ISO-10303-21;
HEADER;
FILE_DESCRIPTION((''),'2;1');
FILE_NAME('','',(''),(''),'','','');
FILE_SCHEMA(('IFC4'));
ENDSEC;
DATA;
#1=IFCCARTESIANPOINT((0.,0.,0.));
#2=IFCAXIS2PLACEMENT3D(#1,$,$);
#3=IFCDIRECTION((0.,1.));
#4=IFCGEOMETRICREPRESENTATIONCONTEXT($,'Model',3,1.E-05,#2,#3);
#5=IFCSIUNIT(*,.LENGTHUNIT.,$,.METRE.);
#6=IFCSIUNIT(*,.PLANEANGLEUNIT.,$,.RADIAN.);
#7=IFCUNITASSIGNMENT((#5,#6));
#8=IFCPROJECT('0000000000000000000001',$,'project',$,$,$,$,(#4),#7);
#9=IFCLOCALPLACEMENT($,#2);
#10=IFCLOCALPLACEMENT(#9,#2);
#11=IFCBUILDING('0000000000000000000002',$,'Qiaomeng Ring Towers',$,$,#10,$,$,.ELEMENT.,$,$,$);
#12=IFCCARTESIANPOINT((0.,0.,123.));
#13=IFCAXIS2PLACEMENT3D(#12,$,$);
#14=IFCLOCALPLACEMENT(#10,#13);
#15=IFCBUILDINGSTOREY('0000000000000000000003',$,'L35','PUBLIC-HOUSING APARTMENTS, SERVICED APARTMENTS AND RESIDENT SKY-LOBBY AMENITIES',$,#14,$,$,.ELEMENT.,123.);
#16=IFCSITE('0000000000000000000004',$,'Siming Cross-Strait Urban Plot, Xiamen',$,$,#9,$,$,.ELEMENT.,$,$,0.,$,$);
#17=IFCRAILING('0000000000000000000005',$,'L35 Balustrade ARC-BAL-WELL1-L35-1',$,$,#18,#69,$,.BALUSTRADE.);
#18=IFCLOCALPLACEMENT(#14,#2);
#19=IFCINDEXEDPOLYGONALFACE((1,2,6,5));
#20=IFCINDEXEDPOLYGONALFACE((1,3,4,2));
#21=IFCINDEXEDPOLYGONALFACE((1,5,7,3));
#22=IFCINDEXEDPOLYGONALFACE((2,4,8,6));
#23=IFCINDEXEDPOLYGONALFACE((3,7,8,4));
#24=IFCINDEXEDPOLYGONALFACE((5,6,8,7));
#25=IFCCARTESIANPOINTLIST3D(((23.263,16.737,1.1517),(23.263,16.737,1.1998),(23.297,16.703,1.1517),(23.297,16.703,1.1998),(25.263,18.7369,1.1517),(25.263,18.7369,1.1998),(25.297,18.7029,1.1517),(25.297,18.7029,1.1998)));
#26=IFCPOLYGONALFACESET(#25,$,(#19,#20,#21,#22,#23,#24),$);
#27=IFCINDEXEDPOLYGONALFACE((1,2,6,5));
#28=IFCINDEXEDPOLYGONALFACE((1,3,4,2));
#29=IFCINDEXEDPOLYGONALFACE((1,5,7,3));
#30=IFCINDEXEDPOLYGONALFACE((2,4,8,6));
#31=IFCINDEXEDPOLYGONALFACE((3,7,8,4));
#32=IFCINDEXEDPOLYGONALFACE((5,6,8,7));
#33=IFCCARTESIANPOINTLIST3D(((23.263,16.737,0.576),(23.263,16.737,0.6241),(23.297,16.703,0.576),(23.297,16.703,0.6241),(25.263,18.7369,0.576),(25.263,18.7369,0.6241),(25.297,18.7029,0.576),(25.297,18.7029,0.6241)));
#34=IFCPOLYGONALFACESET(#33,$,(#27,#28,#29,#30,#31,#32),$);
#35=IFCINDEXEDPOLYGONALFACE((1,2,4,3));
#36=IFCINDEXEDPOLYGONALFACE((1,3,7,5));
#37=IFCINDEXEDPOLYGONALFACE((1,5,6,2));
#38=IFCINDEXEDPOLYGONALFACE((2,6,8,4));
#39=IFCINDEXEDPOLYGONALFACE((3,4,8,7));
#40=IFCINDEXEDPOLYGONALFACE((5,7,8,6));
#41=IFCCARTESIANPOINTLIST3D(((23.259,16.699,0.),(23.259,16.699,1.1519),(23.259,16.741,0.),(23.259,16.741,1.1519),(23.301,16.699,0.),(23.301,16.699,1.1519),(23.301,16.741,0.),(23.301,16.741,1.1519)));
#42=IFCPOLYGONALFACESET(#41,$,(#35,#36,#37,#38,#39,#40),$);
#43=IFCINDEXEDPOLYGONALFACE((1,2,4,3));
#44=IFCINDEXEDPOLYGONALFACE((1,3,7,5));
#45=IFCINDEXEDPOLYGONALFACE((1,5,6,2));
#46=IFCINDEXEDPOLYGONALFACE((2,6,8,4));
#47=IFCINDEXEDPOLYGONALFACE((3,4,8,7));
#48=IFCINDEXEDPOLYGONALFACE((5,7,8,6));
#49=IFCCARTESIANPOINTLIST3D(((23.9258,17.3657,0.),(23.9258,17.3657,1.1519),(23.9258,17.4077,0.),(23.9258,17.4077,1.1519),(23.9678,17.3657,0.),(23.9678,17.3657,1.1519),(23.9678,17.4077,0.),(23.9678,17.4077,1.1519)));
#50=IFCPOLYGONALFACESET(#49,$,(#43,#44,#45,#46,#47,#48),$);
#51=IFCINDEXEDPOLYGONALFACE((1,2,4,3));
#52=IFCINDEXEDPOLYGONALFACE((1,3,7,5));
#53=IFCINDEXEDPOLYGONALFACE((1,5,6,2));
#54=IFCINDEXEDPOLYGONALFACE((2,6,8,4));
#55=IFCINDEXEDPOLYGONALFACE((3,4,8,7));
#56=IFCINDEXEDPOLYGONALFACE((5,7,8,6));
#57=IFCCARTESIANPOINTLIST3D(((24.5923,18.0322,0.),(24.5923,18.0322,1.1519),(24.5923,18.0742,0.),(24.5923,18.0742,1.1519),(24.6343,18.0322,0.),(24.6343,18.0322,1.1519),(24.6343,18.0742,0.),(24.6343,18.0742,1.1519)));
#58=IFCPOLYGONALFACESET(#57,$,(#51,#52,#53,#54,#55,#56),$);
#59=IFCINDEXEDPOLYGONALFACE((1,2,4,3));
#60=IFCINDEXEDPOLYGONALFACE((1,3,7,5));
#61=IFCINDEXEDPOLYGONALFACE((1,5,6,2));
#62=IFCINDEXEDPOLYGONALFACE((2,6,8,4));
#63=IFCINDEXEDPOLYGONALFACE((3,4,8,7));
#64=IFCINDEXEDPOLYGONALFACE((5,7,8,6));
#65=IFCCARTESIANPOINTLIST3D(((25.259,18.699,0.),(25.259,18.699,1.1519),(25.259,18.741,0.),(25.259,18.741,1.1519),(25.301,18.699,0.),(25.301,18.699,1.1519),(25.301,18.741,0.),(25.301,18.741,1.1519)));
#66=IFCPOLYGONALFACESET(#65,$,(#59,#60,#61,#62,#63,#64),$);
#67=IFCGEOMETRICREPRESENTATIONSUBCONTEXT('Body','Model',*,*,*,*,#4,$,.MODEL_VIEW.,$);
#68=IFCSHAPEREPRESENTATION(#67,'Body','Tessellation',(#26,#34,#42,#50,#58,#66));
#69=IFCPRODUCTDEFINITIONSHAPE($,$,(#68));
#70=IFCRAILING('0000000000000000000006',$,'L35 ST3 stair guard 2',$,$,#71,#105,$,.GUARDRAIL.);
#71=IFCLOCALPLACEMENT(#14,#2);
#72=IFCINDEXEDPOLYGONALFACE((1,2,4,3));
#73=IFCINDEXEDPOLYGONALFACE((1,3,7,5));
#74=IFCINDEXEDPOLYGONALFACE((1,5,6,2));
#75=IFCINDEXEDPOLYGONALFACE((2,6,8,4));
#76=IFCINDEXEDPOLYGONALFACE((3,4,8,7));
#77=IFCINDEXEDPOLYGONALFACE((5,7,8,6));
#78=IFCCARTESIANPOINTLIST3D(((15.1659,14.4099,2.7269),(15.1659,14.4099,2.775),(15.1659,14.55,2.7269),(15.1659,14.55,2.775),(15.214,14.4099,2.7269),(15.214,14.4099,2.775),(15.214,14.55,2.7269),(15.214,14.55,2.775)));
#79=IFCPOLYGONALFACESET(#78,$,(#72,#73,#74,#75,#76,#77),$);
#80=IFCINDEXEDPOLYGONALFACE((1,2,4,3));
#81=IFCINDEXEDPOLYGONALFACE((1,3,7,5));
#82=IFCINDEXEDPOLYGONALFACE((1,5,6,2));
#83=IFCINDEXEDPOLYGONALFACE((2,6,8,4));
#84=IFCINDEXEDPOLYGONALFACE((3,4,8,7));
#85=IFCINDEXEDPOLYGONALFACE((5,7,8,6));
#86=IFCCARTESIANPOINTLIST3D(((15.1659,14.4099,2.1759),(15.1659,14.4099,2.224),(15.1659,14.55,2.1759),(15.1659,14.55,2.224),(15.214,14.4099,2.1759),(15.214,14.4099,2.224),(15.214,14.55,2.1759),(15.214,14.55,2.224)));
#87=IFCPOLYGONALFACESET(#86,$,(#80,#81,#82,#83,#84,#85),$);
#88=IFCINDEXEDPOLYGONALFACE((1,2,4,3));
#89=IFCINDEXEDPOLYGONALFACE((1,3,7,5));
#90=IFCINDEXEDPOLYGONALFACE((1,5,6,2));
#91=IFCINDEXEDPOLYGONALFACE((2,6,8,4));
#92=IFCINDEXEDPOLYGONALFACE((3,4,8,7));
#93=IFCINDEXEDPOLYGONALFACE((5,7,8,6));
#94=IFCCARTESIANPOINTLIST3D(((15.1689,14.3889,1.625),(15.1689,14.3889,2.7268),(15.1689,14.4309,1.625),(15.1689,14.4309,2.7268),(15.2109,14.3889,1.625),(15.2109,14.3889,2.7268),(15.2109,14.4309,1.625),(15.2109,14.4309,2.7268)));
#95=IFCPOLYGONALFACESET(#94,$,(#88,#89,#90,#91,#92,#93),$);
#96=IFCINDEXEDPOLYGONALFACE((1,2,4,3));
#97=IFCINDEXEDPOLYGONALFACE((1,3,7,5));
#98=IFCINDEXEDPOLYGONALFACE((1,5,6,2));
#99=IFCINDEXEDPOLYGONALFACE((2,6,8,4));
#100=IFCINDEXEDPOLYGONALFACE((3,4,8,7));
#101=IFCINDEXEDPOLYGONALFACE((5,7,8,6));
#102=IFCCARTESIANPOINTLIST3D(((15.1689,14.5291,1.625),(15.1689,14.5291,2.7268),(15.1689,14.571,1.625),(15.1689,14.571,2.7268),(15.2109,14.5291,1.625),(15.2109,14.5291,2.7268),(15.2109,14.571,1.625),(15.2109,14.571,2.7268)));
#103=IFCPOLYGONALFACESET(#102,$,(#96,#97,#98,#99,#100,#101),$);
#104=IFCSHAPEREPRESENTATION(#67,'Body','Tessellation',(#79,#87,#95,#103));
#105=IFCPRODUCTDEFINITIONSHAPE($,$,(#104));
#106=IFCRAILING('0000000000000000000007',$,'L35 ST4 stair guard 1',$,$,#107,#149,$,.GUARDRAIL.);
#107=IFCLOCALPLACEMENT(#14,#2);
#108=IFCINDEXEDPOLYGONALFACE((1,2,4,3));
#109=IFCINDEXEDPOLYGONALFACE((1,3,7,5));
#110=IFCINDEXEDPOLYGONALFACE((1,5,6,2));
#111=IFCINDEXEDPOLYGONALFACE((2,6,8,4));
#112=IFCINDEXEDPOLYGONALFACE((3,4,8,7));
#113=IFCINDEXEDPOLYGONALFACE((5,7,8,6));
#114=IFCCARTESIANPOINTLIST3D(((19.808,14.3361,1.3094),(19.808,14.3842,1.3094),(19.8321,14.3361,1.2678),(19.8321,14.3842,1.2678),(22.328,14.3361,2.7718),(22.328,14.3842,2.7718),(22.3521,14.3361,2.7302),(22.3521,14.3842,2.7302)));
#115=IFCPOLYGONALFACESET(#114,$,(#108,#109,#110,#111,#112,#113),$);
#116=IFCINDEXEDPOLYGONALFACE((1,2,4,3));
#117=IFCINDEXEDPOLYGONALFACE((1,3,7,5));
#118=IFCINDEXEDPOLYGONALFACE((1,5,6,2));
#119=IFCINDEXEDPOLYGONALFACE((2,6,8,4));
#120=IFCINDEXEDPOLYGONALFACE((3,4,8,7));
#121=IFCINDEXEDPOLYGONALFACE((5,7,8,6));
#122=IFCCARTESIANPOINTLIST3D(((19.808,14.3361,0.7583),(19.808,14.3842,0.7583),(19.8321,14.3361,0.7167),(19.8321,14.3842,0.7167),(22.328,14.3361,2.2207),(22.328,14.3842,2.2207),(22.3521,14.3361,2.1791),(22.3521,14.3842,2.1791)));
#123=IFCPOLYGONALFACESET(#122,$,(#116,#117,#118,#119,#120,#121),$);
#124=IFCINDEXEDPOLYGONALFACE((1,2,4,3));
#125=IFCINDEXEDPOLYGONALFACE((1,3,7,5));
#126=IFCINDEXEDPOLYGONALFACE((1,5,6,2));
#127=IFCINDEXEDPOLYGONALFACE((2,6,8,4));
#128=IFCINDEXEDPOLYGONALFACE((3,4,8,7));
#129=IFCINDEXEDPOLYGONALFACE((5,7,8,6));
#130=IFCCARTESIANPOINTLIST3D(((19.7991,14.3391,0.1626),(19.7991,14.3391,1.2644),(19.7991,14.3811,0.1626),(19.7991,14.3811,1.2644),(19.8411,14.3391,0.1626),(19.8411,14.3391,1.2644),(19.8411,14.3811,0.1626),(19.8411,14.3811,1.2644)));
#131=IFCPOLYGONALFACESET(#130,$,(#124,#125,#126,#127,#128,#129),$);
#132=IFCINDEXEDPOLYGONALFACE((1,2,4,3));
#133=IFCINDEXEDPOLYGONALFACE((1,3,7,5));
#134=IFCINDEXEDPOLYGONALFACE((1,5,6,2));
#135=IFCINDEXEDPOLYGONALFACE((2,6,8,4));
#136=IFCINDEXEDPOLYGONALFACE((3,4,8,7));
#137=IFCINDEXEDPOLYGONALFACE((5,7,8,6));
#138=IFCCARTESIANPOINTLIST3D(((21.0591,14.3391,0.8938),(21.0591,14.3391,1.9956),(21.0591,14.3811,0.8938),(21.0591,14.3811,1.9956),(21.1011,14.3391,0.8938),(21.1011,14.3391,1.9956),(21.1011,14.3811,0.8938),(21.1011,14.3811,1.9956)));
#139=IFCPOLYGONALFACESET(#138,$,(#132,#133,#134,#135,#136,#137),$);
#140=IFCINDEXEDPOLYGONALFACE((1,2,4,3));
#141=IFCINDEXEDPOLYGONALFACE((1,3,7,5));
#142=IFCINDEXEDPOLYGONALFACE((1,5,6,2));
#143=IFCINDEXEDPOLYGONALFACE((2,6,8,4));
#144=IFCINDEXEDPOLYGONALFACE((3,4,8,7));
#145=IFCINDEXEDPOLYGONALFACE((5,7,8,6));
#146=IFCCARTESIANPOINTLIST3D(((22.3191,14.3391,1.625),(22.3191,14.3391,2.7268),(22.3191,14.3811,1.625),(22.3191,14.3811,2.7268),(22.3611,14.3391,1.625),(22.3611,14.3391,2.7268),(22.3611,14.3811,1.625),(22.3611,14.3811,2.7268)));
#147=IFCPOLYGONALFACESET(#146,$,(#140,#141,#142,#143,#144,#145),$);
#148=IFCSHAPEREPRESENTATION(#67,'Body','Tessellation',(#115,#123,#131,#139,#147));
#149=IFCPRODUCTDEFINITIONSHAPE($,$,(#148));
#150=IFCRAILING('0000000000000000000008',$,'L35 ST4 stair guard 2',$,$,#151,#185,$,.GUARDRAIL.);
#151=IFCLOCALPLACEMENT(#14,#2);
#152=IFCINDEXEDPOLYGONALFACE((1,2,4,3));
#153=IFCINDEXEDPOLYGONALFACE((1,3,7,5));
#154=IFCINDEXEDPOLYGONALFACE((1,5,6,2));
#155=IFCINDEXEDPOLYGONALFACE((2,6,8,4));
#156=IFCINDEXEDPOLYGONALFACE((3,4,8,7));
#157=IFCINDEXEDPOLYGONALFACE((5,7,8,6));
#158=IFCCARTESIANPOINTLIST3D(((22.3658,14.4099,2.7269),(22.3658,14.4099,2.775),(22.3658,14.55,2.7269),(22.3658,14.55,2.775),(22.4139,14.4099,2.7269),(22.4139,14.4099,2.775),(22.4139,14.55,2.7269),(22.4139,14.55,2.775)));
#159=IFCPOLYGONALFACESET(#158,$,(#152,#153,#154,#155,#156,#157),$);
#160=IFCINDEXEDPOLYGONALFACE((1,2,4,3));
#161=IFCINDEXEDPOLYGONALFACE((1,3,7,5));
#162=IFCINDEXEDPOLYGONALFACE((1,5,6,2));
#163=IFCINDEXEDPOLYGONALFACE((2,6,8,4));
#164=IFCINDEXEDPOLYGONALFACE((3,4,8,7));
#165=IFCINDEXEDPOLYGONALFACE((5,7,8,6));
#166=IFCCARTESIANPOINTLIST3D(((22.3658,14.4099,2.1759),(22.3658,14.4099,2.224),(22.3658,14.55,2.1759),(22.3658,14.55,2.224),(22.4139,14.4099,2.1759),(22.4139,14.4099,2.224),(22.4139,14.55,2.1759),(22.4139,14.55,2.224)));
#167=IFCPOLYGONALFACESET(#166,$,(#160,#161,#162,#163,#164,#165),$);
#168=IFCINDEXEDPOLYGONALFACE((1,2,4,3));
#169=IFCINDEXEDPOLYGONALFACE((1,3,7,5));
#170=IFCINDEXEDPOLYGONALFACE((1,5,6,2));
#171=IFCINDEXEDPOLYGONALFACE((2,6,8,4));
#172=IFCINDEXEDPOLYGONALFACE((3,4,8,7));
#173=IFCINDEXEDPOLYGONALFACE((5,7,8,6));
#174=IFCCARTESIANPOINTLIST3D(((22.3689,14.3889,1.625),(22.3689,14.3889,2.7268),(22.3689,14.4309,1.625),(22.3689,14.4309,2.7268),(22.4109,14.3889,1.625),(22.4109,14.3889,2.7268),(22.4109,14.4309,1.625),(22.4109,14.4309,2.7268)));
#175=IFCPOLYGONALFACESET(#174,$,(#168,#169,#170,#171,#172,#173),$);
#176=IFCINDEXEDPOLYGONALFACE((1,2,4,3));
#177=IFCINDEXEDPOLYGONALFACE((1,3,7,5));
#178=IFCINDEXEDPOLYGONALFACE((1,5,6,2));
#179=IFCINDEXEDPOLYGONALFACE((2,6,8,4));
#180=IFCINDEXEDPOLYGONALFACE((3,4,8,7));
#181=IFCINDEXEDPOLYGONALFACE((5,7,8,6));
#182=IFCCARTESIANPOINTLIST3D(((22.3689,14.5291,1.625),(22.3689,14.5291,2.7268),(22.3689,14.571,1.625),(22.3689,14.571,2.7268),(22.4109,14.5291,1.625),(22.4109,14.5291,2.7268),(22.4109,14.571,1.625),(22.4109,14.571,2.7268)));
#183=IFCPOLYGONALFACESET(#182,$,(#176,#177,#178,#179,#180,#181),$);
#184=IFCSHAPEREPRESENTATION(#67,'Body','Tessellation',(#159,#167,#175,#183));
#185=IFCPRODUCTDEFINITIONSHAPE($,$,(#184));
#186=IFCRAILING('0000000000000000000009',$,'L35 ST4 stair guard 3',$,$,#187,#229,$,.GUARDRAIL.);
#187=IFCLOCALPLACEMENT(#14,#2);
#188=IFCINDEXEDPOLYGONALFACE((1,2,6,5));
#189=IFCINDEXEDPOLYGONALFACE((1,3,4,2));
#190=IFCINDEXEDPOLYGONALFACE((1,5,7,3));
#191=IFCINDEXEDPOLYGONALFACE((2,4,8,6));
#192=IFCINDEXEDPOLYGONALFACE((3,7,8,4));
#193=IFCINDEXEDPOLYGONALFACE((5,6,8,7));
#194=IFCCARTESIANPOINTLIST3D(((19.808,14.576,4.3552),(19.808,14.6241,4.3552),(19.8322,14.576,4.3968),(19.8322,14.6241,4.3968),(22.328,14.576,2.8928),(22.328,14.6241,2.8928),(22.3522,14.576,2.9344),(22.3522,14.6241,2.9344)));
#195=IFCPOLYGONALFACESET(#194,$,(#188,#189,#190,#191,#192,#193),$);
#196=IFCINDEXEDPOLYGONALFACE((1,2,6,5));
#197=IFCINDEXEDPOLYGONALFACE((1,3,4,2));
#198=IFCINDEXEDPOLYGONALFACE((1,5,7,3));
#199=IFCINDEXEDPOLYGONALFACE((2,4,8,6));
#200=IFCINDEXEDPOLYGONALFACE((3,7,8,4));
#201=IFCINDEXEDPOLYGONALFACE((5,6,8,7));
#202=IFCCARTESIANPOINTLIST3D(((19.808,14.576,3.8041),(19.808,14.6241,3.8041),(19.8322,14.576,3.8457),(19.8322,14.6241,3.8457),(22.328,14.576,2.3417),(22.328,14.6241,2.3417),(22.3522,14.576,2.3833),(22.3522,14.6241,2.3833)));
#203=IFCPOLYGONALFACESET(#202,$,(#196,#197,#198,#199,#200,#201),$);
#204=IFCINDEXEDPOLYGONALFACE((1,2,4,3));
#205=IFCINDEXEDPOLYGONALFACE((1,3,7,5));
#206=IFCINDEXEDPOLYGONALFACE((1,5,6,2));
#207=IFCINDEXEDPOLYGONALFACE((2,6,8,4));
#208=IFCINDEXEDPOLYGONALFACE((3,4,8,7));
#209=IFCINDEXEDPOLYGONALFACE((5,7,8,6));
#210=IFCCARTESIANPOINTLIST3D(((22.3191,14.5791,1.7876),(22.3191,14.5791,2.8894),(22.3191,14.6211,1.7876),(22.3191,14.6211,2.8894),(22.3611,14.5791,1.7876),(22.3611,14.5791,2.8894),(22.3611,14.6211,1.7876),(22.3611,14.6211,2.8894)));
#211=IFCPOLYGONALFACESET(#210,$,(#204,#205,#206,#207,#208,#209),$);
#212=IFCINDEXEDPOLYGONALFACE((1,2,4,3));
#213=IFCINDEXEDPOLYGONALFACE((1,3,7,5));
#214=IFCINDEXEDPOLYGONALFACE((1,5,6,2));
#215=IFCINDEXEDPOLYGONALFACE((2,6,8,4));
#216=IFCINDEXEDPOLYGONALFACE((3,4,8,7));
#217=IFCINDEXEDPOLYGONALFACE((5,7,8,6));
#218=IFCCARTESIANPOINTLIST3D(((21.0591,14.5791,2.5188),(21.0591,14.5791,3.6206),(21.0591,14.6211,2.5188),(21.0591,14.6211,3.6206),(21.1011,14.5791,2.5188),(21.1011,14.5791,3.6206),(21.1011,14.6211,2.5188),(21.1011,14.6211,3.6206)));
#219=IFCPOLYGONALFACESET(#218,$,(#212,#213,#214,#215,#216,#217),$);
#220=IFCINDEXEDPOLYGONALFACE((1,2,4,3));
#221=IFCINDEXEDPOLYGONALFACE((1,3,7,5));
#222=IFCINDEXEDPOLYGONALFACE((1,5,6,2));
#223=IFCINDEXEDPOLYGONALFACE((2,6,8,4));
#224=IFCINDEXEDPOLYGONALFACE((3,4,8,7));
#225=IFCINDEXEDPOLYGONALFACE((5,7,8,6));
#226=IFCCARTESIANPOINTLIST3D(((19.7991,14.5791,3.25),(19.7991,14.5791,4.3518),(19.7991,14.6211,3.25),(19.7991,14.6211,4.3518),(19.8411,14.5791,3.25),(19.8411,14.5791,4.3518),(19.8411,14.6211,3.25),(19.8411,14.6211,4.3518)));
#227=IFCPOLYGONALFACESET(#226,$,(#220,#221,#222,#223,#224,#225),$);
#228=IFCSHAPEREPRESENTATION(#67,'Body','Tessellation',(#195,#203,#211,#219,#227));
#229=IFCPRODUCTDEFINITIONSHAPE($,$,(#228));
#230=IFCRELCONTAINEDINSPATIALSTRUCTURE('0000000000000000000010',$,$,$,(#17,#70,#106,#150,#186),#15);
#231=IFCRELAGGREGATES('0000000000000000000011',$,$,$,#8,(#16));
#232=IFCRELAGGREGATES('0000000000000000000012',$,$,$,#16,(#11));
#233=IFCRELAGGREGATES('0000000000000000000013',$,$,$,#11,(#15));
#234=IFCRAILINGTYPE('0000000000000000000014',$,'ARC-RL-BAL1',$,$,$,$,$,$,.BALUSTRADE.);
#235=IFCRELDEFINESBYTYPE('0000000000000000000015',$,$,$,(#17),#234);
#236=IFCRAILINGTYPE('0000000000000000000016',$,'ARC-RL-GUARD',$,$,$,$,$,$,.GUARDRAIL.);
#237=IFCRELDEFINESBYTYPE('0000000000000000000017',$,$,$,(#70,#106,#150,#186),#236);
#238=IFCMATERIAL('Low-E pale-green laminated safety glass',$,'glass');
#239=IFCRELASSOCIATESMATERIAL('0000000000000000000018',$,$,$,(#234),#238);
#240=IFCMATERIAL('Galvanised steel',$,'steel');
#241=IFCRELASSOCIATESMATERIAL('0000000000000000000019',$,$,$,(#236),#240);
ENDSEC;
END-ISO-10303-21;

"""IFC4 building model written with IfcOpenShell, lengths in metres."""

from ifc_helpers import new_model, si_unit, direction, frame, origin, origin_2d, place, context, subcontext, project, spatial, rectangle, extrude, material, type_object, element, save


model = new_model("IFC4")

# Units and contexts
model_context = context("Model", 3, precision=1e-05, world=origin(), true_north=direction((0.0, 1.0)))
body_context = subcontext(model_context, "Body", "Model", "MODEL_VIEW")
ifc_project = project(units=[si_unit("LENGTHUNIT", "METRE"), si_unit("PLANEANGLEUNIT", "RADIAN")], contexts=[model_context])

# Site, building, storey
site_placement = place(None, origin())
site = spatial("IfcSite", under=ifc_project, at=site_placement, Name="Siming Cross-Strait Urban Plot, Xiamen", CompositionType="ELEMENT", RefElevation=0.0)
building_placement = place(site_placement, origin())
building = spatial("IfcBuilding", under=site, at=building_placement, Name="Qiaomeng Ring Towers", CompositionType="ELEMENT")
storey_placement = place(building_placement, frame((0.0, 0.0, 123.0)))
storey = spatial("IfcBuildingStorey", under=building, at=storey_placement, Name="L35", Description="PUBLIC-HOUSING APARTMENTS, SERVICED APARTMENTS AND RESIDENT SKY-LOBBY AMENITIES", CompositionType="ELEMENT", Elevation=123.0)

# Shared definitions
ifc_material_1 = material(Name="Galvanised steel", Category="steel")

# Railings
ifc_material_2 = material(Name="Low-E pale-green laminated safety glass", Category="glass")
railing_type_1 = type_object("IfcRailingType", Name="ARC-RL-BAL1", PredefinedType="BALUSTRADE", material=ifc_material_2)
railing_1_placement = place(storey_placement, frame((23.28, 16.72, 0.0)))
element("IfcRailing", 1, at=railing_1_placement, inside=storey, type_object=railing_type_1, Name="L35 Balustrade ARC-BAL-WELL1-L35-1", PredefinedType="BALUSTRADE", context=body_context, shape_type="SweptSolid", body=[
    extrude(rectangle(XDim=0.0481, YDim=0.0481, at=origin_2d()), frame((0.0, 0.0, 1.1758), z_axis=(0.707107, 0.707107, 0.0), x_axis=(-0.707107, 0.707107, 0.0)), (0.0, 0.0, 1.0), 2.8284),
    extrude(rectangle(XDim=0.0481, YDim=0.0481, at=origin_2d()), frame((0.0, 0.0, 0.6001), z_axis=(0.707107, 0.707107, 0.0), x_axis=(-0.707107, 0.707107, 0.0)), (0.0, 0.0, 1.0), 2.8284),
    extrude(rectangle(XDim=0.042, YDim=0.042, at=origin_2d()), origin(), (0.0, 0.0, 1.0), 1.1519),
    extrude(rectangle(XDim=0.042, YDim=0.042, at=origin_2d()), frame((0.6667, 0.6667, 0.0)), (0.0, 0.0, 1.0), 1.1519),
    extrude(rectangle(XDim=0.042, YDim=0.042, at=origin_2d()), frame((1.3333, 1.3333, 0.0)), (0.0, 0.0, 1.0), 1.1519),
    extrude(rectangle(XDim=0.042, YDim=0.042, at=origin_2d()), frame((2.0, 2.0, 0.0)), (0.0, 0.0, 1.0), 1.1519),
])
railing_type_2 = type_object("IfcRailingType", Name="ARC-RL-GUARD", PredefinedType="GUARDRAIL", material=ifc_material_1)
railing_2_placement = place(storey_placement, frame((15.1899, 14.4099, 1.625)))
element("IfcRailing", 2, at=railing_2_placement, inside=storey, type_object=railing_type_2, Name="L35 ST3 stair guard 2", PredefinedType="GUARDRAIL", context=body_context, shape_type="SweptSolid", body=[
    extrude(rectangle(XDim=0.0481, YDim=0.0481, at=origin_2d()), frame((0.0, 0.0, 1.126), z_axis=(0.0, 1.0, 0.0), x_axis=(-1.0, 0.0, 0.0)), (0.0, 0.0, 1.0), 0.1401),
    extrude(rectangle(XDim=0.0481, YDim=0.0481, at=origin_2d()), frame((0.0, 0.0, 0.575), z_axis=(0.0, 1.0, 0.0), x_axis=(-1.0, 0.0, 0.0)), (0.0, 0.0, 1.0), 0.1401),
    extrude(rectangle(XDim=0.042, YDim=0.042, at=origin_2d()), origin(), (0.0, 0.0, 1.0), 1.1018),
    extrude(rectangle(XDim=0.042, YDim=0.042, at=origin_2d()), frame((0.0, 0.1401, 0.0)), (0.0, 0.0, 1.0), 1.1018),
])
railing_3_placement = place(storey_placement, frame((19.8201, 14.3601, 0.1626)))
element("IfcRailing", 3, at=railing_3_placement, inside=storey, type_object=railing_type_2, Name="L35 ST4 stair guard 1", PredefinedType="GUARDRAIL", context=body_context, shape_type="SweptSolid", body=[
    extrude(rectangle(XDim=0.0481, YDim=0.0481, at=origin_2d()), frame((0.0, 0.0, 1.126), z_axis=(0.864913, 0.0, 0.501921), x_axis=(0.0, 1.0, 0.0)), (0.0, 0.0, 1.0), 2.9136),
    extrude(rectangle(XDim=0.0481, YDim=0.0481, at=origin_2d()), frame((0.0, 0.0, 0.575), z_axis=(0.864913, 0.0, 0.501921), x_axis=(0.0, 1.0, 0.0)), (0.0, 0.0, 1.0), 2.9136),
    extrude(rectangle(XDim=0.042, YDim=0.042, at=origin_2d()), origin(), (0.0, 0.0, 1.0), 1.1018),
    extrude(rectangle(XDim=0.042, YDim=0.042, at=origin_2d()), frame((1.26, 0.0, 0.7312)), (0.0, 0.0, 1.0), 1.1018),
    extrude(rectangle(XDim=0.042, YDim=0.042, at=origin_2d()), frame((2.52, 0.0, 1.4624)), (0.0, 0.0, 1.0), 1.1018),
])
railing_4_placement = place(storey_placement, frame((22.3899, 14.4099, 1.625)))
element("IfcRailing", 4, at=railing_4_placement, inside=storey, type_object=railing_type_2, Name="L35 ST4 stair guard 2", PredefinedType="GUARDRAIL", context=body_context, shape_type="SweptSolid", body=[
    extrude(rectangle(XDim=0.0481, YDim=0.0481, at=origin_2d()), frame((0.0, 0.0, 1.126), z_axis=(0.0, 1.0, 0.0), x_axis=(-1.0, 0.0, 0.0)), (0.0, 0.0, 1.0), 0.1401),
    extrude(rectangle(XDim=0.0481, YDim=0.0481, at=origin_2d()), frame((0.0, 0.0, 0.575), z_axis=(0.0, 1.0, 0.0), x_axis=(-1.0, 0.0, 0.0)), (0.0, 0.0, 1.0), 0.1401),
    extrude(rectangle(XDim=0.042, YDim=0.042, at=origin_2d()), origin(), (0.0, 0.0, 1.0), 1.1018),
    extrude(rectangle(XDim=0.042, YDim=0.042, at=origin_2d()), frame((0.0, 0.1401, 0.0)), (0.0, 0.0, 1.0), 1.1018),
])
railing_5_placement = place(storey_placement, frame((22.3401, 14.6001, 1.7876)))
element("IfcRailing", 5, at=railing_5_placement, inside=storey, type_object=railing_type_2, Name="L35 ST4 stair guard 3", PredefinedType="GUARDRAIL", context=body_context, shape_type="SweptSolid", body=[
    extrude(rectangle(XDim=0.0481, YDim=0.0481, at=origin_2d()), frame((0.0, 0.0, 1.126), z_axis=(-0.864913, 0.0, 0.501921), x_axis=(0.0, -1.0, 0.0)), (0.0, 0.0, 1.0), 2.9136),
    extrude(rectangle(XDim=0.0481, YDim=0.0481, at=origin_2d()), frame((0.0, 0.0, 0.575), z_axis=(-0.864913, 0.0, 0.501921), x_axis=(0.0, -1.0, 0.0)), (0.0, 0.0, 1.0), 2.9136),
    extrude(rectangle(XDim=0.042, YDim=0.042, at=origin_2d()), origin(), (0.0, 0.0, 1.0), 1.1018),
    extrude(rectangle(XDim=0.042, YDim=0.042, at=origin_2d()), frame((-1.26, 0.0, 0.7312)), (0.0, 0.0, 1.0), 1.1018),
    extrude(rectangle(XDim=0.042, YDim=0.042, at=origin_2d()), frame((-2.52, 0.0, 1.4624)), (0.0, 0.0, 1.0), 1.1018),
])

save(model, "model.ifc")
